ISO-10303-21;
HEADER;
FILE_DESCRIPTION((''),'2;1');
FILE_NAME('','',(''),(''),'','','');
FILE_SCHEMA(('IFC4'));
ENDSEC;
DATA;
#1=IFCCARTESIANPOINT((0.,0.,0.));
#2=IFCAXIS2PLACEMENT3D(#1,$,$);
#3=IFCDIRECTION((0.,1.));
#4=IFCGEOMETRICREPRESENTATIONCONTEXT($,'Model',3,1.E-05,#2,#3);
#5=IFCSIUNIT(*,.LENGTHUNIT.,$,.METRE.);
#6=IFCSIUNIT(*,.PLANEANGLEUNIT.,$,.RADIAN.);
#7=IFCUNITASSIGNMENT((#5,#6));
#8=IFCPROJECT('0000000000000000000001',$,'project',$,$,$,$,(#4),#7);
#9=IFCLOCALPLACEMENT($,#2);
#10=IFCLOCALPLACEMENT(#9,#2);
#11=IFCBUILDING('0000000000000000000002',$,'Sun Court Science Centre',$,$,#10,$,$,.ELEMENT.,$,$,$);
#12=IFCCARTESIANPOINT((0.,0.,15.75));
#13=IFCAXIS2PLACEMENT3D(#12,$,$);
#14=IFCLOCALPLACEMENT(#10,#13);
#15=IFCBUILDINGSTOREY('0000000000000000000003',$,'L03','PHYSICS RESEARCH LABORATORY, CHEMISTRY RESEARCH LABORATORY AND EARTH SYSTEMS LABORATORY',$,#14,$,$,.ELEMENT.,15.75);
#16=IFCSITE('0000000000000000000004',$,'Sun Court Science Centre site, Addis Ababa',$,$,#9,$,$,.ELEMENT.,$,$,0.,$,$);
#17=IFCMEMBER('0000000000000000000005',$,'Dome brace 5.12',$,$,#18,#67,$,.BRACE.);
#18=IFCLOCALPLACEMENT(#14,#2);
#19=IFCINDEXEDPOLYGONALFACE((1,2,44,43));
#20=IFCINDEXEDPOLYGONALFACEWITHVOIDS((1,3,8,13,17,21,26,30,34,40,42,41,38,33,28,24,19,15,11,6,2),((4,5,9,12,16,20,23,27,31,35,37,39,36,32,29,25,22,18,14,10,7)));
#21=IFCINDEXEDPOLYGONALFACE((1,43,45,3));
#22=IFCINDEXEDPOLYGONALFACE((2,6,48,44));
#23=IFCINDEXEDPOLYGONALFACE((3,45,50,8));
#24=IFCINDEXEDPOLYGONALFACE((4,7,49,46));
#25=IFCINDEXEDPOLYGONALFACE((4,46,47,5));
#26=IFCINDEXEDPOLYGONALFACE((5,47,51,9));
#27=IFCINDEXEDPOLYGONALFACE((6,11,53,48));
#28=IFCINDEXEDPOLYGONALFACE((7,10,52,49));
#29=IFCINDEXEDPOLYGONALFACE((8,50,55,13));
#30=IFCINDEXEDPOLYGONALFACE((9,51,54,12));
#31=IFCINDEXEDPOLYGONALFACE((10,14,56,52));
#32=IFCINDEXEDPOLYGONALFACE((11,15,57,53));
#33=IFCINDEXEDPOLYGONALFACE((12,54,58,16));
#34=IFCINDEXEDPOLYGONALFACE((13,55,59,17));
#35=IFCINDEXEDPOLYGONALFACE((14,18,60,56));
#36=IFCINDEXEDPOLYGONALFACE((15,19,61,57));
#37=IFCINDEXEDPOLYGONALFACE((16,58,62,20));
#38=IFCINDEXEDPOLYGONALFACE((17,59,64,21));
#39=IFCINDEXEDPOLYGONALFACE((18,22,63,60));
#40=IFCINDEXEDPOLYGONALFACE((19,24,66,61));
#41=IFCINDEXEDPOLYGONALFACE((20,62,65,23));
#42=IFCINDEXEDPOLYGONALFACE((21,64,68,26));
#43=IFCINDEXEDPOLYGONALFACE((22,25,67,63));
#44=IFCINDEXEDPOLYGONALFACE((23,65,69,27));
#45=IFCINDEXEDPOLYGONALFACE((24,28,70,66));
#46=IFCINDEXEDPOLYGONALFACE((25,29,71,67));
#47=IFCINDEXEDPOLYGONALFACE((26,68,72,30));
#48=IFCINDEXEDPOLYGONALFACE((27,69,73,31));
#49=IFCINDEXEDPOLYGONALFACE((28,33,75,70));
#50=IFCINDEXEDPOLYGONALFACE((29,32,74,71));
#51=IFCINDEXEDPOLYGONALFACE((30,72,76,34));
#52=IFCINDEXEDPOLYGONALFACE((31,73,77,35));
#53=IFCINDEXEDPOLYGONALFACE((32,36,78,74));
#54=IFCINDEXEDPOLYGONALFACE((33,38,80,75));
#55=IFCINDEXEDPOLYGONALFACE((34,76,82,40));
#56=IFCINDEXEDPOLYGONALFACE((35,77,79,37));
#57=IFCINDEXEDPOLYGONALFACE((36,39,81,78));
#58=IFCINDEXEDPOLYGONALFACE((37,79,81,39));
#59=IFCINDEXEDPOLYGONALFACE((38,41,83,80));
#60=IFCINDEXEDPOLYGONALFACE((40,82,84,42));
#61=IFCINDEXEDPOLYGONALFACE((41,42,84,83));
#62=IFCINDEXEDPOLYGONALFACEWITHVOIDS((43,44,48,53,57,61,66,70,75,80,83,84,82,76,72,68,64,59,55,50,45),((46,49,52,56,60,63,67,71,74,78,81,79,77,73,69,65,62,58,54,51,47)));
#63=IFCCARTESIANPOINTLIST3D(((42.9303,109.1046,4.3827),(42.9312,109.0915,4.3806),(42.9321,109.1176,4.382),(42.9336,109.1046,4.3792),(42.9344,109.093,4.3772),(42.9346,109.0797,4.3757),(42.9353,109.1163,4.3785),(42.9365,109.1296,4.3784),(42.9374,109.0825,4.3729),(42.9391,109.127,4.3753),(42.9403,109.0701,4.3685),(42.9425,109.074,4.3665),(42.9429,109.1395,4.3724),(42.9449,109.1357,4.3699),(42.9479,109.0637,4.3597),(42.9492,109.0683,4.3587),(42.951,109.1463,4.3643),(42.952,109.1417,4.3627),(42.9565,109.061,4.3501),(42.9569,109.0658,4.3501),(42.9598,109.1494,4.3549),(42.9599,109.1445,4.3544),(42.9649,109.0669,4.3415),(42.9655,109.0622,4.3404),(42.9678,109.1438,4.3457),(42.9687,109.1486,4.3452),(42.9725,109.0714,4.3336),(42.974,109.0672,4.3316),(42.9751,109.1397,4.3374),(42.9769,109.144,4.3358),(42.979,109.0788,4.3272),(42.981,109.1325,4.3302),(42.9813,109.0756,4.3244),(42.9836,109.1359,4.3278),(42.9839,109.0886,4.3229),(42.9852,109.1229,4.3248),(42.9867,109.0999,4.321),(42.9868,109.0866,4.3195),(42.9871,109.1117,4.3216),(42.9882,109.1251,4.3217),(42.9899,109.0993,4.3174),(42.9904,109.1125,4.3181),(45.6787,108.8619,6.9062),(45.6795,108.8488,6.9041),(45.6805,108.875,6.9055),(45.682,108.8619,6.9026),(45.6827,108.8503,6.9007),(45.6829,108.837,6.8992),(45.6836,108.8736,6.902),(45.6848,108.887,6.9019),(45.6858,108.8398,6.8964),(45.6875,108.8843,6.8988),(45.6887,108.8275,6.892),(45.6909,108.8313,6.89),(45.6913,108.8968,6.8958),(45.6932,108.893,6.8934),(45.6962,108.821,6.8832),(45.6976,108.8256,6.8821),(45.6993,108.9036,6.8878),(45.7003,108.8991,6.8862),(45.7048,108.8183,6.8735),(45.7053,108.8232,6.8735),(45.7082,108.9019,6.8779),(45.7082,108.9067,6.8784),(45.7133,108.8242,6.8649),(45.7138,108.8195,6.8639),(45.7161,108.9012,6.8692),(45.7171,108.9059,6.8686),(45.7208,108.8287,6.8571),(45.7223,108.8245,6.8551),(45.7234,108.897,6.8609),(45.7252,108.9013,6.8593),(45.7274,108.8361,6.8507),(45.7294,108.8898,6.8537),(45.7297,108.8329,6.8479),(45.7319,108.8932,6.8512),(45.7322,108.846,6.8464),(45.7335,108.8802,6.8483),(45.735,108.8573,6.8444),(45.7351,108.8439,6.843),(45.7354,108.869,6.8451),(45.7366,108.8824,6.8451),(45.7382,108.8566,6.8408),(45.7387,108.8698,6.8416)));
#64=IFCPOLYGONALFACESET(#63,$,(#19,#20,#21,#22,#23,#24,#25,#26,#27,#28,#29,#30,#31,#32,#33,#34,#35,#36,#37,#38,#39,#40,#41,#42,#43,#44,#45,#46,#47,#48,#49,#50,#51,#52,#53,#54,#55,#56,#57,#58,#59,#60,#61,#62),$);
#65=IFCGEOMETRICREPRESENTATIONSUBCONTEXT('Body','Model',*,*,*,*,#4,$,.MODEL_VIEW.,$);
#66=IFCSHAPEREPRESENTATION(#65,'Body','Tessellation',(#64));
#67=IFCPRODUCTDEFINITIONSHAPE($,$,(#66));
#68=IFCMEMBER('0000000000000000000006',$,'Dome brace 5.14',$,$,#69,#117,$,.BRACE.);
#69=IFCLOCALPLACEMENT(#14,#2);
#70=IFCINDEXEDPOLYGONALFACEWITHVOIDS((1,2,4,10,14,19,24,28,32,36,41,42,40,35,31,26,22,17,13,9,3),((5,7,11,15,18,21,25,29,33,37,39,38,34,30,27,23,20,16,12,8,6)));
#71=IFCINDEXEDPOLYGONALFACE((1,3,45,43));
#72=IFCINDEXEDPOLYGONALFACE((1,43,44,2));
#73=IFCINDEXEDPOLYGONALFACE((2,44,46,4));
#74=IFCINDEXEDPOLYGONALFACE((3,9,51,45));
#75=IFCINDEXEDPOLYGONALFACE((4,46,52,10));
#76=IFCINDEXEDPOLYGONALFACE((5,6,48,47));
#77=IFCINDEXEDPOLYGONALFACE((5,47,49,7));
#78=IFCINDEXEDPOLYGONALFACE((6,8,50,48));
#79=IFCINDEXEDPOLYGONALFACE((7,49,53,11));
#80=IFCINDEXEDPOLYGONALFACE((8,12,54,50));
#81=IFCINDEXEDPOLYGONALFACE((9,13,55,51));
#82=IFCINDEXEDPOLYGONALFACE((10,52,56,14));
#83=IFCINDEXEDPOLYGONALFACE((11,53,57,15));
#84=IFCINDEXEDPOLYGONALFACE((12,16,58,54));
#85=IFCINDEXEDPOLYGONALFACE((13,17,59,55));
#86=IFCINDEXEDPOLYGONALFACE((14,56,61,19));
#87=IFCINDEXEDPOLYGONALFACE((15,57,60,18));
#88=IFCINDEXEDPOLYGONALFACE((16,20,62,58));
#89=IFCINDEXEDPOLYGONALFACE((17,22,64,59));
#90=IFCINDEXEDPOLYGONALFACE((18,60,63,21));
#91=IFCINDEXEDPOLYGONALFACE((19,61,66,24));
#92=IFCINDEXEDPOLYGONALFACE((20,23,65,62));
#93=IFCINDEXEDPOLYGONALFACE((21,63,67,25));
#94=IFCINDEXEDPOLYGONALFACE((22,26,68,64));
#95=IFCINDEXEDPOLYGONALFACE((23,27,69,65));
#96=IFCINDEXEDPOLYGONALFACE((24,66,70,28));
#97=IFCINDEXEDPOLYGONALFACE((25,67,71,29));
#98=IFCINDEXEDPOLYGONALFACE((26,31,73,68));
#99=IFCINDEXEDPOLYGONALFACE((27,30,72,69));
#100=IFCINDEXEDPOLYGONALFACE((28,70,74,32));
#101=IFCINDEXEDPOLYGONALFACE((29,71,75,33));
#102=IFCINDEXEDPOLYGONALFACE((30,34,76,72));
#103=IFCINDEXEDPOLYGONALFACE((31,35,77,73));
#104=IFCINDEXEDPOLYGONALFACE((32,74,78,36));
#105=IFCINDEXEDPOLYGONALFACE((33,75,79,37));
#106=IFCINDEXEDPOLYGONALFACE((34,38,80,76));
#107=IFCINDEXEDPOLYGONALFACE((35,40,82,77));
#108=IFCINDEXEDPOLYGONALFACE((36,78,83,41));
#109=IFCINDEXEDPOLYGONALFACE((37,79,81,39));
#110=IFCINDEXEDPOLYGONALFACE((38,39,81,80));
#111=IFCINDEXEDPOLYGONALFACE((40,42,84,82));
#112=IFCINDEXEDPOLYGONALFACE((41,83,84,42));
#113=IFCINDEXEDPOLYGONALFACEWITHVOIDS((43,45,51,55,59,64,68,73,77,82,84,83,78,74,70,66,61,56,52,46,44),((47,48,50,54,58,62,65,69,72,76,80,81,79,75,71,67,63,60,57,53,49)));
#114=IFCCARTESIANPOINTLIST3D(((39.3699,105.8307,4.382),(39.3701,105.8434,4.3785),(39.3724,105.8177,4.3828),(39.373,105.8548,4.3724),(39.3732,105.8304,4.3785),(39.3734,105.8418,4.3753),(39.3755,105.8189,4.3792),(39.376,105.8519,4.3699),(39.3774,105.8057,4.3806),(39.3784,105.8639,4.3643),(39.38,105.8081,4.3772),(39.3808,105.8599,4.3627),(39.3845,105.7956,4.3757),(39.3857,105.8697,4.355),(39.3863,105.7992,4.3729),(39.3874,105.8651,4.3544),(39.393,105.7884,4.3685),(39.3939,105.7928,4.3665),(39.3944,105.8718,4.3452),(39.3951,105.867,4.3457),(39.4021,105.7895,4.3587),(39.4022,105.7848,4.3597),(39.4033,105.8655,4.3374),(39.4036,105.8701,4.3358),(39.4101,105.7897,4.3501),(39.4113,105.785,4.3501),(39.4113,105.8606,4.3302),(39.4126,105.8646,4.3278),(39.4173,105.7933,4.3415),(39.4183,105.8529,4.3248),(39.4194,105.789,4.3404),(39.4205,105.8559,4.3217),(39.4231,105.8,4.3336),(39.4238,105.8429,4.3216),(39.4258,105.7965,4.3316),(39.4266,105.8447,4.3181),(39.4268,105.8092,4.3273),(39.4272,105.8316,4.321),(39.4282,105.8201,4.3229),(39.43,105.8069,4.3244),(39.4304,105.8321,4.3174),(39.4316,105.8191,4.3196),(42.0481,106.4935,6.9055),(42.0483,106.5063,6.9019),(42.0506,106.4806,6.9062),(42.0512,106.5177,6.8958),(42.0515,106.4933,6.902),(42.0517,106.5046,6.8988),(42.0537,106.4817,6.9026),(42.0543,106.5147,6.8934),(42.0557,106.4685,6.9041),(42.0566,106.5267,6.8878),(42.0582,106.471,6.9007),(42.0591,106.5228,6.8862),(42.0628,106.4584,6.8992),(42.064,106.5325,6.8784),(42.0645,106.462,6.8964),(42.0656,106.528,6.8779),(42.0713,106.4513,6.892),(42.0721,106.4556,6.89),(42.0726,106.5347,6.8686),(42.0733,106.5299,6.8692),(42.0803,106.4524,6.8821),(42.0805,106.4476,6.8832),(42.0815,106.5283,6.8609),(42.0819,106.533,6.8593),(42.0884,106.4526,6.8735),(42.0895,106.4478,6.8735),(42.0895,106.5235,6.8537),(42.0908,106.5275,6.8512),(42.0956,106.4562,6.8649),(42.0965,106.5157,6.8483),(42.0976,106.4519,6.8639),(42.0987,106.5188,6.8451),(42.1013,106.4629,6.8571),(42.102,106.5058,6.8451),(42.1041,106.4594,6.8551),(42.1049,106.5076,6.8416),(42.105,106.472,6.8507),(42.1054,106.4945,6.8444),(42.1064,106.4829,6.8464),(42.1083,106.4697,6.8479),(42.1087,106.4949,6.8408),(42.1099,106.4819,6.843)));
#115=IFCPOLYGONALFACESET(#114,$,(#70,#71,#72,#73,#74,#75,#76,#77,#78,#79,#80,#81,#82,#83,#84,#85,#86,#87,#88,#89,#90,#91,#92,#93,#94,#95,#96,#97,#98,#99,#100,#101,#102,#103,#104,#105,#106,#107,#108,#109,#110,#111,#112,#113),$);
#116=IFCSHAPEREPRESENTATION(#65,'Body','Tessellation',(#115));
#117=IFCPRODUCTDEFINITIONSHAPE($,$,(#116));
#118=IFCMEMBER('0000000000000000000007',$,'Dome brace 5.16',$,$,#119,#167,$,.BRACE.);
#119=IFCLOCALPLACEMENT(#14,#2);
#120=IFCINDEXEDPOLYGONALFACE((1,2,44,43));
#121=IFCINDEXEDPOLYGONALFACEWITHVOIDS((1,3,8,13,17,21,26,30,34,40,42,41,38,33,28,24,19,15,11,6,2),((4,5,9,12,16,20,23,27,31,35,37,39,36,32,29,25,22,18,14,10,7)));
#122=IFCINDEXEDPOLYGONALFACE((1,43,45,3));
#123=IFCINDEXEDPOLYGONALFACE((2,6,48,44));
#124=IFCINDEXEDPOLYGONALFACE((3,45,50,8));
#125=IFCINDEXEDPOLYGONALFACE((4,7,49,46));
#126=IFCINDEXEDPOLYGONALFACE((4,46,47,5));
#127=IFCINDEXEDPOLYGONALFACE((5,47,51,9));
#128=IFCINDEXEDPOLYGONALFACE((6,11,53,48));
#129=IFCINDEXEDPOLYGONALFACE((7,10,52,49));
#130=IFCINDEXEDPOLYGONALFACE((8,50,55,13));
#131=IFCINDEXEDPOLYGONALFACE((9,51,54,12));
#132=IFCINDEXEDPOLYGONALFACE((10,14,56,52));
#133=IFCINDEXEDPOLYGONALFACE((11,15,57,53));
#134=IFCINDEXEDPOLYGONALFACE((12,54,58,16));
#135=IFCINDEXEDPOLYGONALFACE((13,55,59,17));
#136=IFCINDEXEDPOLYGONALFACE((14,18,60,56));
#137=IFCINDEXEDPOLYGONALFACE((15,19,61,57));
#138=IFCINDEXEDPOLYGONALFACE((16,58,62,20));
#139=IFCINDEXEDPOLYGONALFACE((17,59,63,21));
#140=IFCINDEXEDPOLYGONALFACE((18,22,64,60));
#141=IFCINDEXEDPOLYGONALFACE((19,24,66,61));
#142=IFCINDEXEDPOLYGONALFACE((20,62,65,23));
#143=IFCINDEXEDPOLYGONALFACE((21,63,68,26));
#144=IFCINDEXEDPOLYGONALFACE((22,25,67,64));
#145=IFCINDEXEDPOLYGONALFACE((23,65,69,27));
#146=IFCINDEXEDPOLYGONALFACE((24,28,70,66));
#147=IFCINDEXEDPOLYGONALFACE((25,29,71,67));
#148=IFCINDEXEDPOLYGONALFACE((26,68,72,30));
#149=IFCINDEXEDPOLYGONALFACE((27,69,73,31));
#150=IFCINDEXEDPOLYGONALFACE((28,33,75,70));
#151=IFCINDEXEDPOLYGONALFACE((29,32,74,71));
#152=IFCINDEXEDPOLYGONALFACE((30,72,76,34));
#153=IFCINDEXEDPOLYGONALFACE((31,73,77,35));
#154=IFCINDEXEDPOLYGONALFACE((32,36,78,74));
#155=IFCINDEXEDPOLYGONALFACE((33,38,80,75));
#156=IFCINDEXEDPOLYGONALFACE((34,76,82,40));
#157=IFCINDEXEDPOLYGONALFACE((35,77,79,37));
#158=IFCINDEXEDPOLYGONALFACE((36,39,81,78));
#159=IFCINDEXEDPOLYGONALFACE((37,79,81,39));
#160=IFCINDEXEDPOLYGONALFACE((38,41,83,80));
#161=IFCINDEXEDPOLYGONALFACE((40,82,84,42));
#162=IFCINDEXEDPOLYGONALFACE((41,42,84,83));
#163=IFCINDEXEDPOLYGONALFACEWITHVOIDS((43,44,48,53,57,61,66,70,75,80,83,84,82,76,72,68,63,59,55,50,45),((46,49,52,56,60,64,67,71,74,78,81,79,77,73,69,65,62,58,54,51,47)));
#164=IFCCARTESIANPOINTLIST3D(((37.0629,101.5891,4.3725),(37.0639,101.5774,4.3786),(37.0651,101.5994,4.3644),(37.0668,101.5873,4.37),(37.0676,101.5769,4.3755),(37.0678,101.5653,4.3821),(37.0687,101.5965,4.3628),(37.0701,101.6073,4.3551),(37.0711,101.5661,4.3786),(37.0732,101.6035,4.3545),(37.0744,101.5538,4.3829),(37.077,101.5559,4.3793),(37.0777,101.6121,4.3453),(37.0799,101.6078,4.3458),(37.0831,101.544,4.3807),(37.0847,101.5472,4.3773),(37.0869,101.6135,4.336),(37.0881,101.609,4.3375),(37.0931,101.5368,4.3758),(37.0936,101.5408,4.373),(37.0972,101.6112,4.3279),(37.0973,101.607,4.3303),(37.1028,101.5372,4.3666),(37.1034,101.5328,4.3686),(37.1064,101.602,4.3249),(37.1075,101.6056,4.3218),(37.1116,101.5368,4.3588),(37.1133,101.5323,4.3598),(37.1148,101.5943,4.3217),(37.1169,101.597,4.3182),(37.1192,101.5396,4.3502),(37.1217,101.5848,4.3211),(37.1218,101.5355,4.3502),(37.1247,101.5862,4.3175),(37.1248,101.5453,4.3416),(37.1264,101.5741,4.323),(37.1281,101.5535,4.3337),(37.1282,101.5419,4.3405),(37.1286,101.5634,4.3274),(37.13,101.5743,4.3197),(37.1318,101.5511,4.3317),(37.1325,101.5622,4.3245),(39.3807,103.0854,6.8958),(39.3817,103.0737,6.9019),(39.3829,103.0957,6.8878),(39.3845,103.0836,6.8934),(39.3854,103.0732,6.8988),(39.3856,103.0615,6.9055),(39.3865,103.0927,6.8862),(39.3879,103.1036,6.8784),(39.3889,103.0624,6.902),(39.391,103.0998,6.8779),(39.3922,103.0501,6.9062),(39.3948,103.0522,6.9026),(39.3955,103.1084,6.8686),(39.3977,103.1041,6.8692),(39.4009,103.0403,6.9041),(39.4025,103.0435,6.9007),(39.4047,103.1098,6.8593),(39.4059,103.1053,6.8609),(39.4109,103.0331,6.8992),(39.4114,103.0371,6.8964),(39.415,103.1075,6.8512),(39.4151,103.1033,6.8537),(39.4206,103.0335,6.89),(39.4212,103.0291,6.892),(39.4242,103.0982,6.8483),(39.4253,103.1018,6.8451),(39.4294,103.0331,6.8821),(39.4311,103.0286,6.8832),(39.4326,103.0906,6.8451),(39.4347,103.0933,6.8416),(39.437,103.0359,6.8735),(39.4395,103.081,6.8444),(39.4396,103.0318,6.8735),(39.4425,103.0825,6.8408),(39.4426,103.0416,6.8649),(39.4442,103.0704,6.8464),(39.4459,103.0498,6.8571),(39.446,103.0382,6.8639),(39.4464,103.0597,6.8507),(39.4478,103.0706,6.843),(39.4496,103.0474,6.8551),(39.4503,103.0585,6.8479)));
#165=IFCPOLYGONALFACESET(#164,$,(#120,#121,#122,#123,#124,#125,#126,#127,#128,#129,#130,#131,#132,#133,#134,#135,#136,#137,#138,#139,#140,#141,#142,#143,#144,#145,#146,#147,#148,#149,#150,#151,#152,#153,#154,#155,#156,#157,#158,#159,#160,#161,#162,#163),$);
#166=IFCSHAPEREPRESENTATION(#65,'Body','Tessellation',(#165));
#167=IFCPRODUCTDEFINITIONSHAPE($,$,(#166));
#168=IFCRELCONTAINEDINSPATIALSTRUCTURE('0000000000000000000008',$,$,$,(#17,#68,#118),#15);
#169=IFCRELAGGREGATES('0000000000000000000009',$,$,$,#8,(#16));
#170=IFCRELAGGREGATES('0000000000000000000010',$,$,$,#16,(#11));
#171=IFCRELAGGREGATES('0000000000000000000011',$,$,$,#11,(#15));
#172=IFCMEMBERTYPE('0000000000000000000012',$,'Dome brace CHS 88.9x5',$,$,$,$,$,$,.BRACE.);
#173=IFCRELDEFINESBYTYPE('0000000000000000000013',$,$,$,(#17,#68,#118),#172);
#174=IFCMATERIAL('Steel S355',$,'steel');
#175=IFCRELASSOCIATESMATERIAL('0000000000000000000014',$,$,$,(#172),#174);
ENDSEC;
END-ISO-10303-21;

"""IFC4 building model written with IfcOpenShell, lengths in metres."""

from ifc_helpers import new_model, si_unit, direction, frame, origin, origin_2d, place, context, subcontext, project, spatial, hollow_circle, extrude, material, material_profile, profile_set, type_object, element, save


model = new_model("IFC4")

# Units and contexts
model_context = context("Model", 3, precision=1e-05, world=origin(), true_north=direction((0.0, 1.0)))
body_context = subcontext(model_context, "Body", "Model", "MODEL_VIEW")
ifc_project = project(units=[si_unit("LENGTHUNIT", "METRE"), si_unit("PLANEANGLEUNIT", "RADIAN")], contexts=[model_context])

# Site, building, storey
site_placement = place(None, origin())
site = spatial("IfcSite", under=ifc_project, at=site_placement, Name="Sun Court Science Centre site, Addis Ababa", CompositionType="ELEMENT", RefElevation=0.0)
building_placement = place(site_placement, origin())
building = spatial("IfcBuilding", under=site, at=building_placement, Name="Sun Court Science Centre", CompositionType="ELEMENT")
storey_placement = place(building_placement, frame((0.0, 0.0, 15.75)))
storey = spatial("IfcBuildingStorey", under=building, at=storey_placement, Name="L03", Description="PHYSICS RESEARCH LABORATORY, CHEMISTRY RESEARCH LABORATORY AND EARTH SYSTEMS LABORATORY", CompositionType="ELEMENT", Elevation=15.75)

# Members
ifc_material_1 = material(Name="Steel S355", Category="steel")
ifc_material_profile_1 = material_profile(ifc_material_1, hollow_circle(Radius=0.0444, WallThickness=0.0049, at=origin_2d()), Name="CHS 88.9x5")
ifc_profile_set_1 = profile_set([ifc_material_profile_1], Name="Steel S355")
member_type_1 = type_object("IfcMemberType", Name="Dome brace CHS 88.9x5", PredefinedType="BRACE", material=ifc_profile_set_1)
for number, where, z_axis, x_axis, name in (
    (1, (45.7087, 108.8625, 6.8735), (-0.735044, 0.064905, -0.674906), (-0.087958, -0.996124, 0.0), "Dome brace 5.12"),
    (2, (42.0789, 106.491, 6.8735), (-0.716298, -0.177279, -0.6749), (0.240245, -0.970712, 0.0), "Dome brace 5.14"),
):
    element("IfcMember", number, at=place(storey_placement, frame(where, z_axis=z_axis, x_axis=x_axis)), inside=storey, type_object=member_type_1, Name=name, PredefinedType="BRACE", context=body_context, shape_type="SweptSolid", body=[
        extrude(hollow_circle(Radius=0.0444, WallThickness=0.0049, at=origin_2d()), origin(), (0.0, 0.0, 1.0), 3.739),
    ])
member_1_placement = place(storey_placement, frame((39.4155, 103.0691, 6.8735), z_axis=(-0.619936, -0.400209, -0.674916), x_axis=(0.542367, -0.840142, 0.0)))
element("IfcMember", 3, at=member_1_placement, inside=storey, type_object=member_type_1, Name="Dome brace 5.16", PredefinedType="BRACE", context=body_context, shape_type="SweptSolid", body=[
    extrude(hollow_circle(Radius=0.0444, WallThickness=0.0049, at=origin_2d()), origin(), (0.0, 0.0, 1.0), 3.7388),
])

save(model, "model.ifc")
